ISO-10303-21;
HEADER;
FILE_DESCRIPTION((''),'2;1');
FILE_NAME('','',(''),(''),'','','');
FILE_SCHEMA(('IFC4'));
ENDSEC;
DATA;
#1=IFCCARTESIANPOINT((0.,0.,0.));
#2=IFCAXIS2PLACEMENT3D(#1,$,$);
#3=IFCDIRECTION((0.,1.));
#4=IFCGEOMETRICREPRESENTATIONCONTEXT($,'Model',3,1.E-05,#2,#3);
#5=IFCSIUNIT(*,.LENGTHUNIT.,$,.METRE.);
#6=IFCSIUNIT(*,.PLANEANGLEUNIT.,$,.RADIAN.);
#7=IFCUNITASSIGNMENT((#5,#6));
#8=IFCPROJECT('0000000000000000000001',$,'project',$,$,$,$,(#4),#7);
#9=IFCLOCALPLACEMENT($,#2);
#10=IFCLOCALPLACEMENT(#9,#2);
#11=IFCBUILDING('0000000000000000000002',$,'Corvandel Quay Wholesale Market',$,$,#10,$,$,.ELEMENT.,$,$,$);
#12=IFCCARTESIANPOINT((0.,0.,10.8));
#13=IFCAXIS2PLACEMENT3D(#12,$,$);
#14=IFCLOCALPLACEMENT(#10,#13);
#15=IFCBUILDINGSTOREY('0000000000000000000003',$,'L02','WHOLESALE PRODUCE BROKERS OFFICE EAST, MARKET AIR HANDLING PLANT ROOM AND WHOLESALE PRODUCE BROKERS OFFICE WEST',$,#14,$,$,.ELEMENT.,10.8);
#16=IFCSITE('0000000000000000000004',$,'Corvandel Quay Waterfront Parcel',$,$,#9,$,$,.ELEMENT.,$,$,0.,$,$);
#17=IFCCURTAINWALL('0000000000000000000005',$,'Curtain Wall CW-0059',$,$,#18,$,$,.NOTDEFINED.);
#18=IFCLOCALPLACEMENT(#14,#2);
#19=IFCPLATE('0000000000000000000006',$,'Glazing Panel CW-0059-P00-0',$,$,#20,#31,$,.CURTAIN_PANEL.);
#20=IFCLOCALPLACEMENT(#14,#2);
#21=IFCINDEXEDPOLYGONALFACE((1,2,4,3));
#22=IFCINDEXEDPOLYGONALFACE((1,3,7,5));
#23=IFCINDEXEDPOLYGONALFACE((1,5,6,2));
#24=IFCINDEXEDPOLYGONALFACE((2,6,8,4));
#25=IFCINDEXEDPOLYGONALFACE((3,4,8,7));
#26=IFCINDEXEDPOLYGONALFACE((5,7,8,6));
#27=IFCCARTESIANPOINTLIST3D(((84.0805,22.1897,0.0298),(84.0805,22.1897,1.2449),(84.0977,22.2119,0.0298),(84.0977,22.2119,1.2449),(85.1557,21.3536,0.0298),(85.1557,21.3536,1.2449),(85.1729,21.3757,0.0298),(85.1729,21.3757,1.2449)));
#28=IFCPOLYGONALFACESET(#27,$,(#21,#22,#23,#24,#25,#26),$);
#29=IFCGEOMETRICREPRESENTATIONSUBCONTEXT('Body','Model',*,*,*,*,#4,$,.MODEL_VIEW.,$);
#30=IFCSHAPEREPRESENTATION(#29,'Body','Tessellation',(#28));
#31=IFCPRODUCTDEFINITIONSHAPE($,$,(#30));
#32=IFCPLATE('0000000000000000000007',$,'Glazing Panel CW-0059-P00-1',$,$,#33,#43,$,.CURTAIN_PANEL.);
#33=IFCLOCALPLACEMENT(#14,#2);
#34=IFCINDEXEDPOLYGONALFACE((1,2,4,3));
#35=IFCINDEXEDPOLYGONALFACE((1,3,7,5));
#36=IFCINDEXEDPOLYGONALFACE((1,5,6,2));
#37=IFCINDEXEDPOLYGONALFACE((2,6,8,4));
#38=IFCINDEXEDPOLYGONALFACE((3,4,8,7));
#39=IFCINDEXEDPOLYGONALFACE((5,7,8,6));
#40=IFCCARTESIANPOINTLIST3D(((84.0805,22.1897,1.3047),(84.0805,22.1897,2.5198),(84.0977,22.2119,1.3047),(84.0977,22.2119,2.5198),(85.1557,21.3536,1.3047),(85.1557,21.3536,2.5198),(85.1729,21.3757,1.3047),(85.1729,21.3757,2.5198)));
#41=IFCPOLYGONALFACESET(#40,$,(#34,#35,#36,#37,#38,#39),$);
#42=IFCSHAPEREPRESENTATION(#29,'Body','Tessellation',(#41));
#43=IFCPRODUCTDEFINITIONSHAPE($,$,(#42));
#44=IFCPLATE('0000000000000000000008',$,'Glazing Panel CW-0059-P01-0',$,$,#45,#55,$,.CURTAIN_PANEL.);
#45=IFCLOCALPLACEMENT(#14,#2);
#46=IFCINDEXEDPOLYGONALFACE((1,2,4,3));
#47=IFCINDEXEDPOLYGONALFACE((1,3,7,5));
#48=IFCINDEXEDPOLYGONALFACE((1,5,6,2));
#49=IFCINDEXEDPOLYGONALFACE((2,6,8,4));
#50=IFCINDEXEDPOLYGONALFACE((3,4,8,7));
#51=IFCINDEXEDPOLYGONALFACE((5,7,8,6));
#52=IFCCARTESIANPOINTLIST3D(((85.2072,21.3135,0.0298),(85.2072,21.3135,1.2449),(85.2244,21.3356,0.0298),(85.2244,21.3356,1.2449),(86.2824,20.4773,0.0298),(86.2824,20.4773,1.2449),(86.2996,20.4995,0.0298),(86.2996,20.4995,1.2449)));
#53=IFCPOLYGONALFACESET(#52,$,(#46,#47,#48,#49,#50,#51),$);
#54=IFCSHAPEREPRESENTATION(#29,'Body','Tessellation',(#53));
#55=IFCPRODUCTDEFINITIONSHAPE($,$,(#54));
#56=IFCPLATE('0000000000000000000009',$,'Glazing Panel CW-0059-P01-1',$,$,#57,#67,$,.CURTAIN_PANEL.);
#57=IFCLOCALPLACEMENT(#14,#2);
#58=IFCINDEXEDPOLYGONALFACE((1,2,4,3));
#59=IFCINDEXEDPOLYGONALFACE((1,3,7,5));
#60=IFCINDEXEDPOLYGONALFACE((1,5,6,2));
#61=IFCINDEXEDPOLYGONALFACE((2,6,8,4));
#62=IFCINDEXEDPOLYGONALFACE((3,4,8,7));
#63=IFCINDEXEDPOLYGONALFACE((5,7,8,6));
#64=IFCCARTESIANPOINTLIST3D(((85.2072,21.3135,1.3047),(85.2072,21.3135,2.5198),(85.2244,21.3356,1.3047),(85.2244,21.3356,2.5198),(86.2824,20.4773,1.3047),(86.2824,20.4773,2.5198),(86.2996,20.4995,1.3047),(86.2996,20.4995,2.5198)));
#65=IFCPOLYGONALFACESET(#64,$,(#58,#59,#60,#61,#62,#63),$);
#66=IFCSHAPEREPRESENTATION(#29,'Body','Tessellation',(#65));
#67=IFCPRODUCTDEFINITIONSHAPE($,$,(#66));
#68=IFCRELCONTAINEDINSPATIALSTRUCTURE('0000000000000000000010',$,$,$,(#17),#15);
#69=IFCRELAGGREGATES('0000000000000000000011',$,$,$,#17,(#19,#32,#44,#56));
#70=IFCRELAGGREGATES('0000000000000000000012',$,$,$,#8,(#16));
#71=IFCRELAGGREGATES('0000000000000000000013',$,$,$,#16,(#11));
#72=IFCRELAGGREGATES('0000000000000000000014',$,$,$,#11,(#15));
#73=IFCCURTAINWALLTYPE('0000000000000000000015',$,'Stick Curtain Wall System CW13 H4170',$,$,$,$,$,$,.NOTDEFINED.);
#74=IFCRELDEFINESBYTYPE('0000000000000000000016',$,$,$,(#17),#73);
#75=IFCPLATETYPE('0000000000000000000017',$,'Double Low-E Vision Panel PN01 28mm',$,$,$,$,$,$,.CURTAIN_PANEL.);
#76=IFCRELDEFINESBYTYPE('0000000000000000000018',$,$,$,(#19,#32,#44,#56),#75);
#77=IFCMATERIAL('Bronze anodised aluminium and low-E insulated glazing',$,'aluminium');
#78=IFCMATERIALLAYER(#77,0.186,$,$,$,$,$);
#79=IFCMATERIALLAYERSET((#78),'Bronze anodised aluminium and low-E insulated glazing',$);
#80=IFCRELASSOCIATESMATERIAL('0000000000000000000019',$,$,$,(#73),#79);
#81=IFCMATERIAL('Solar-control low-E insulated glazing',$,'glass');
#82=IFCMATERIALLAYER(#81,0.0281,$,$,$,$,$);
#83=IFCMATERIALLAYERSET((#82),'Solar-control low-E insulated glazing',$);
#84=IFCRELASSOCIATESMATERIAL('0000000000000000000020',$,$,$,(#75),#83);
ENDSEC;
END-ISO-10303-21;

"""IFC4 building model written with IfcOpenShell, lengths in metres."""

from ifc_helpers import new_model, si_unit, direction, frame, origin, origin_2d, place, context, subcontext, project, spatial, rectangle, extrude, material, layer, layer_set, type_object, element, aggregate, save


model = new_model("IFC4")

# Units and contexts
model_context = context("Model", 3, precision=1e-05, world=origin(), true_north=direction((0.0, 1.0)))
body_context = subcontext(model_context, "Body", "Model", "MODEL_VIEW")
ifc_project = project(units=[si_unit("LENGTHUNIT", "METRE"), si_unit("PLANEANGLEUNIT", "RADIAN")], contexts=[model_context])

# Site, building, storey
site_placement = place(None, origin())
site = spatial("IfcSite", under=ifc_project, at=site_placement, Name="Corvandel Quay Waterfront Parcel", CompositionType="ELEMENT", RefElevation=0.0)
building_placement = place(site_placement, origin())
building = spatial("IfcBuilding", under=site, at=building_placement, Name="Corvandel Quay Wholesale Market", CompositionType="ELEMENT")
storey_placement = place(building_placement, frame((0.0, 0.0, 10.8)))
storey = spatial("IfcBuildingStorey", under=building, at=storey_placement, Name="L02", Description="WHOLESALE PRODUCE BROKERS OFFICE EAST, MARKET AIR HANDLING PLANT ROOM AND WHOLESALE PRODUCE BROKERS OFFICE WEST", CompositionType="ELEMENT", Elevation=10.8)

# Curtain wall
ifc_material_1 = material(Name="Bronze anodised aluminium and low-E insulated glazing", Category="aluminium")
ifc_layer_1 = layer(ifc_material_1, 0.186)
ifc_layer_set_1 = layer_set([ifc_layer_1], Name="Bronze anodised aluminium and low-E insulated glazing")
curtain_wall_type_1 = type_object("IfcCurtainWallType", Name="Stick Curtain Wall System CW13 H4170", PredefinedType="NOTDEFINED", material=ifc_layer_set_1)
curtain_wall_1_placement = place(storey_placement, origin())
curtain_wall_1 = element("IfcCurtainWall", 1, at=curtain_wall_1_placement, inside=storey, type_object=curtain_wall_type_1, Name="Curtain Wall CW-0059", PredefinedType="NOTDEFINED")

# Plates
ifc_material_2 = material(Name="Solar-control low-E insulated glazing", Category="glass")
ifc_layer_2 = layer(ifc_material_2, 0.0281)
ifc_layer_set_2 = layer_set([ifc_layer_2], Name="Solar-control low-E insulated glazing")
plate_type = type_object("IfcPlateType", Name="Double Low-E Vision Panel PN01 28mm", PredefinedType="CURTAIN_PANEL", material=ifc_layer_set_2)
plate_1_placement = place(storey_placement, frame((84.6267, 21.7827, 0.0298), z_axis=(0.0, 0.0, 1.0), x_axis=(-0.789406, 0.613872, 0.0)))
plate_1 = element("IfcPlate", 2, at=plate_1_placement, type_object=plate_type, Name="Glazing Panel CW-0059-P00-0", PredefinedType="CURTAIN_PANEL", context=body_context, shape_type="SweptSolid", body=[
    extrude(rectangle(XDim=1.3621, YDim=0.0281, at=origin_2d()), origin(), (0.0, 0.0, 1.0), 1.2151),
])
plate_2_placement = place(storey_placement, frame((84.6267, 21.7827, 1.3047), z_axis=(0.0, 0.0, 1.0), x_axis=(-0.789406, 0.613872, 0.0)))
plate_2 = element("IfcPlate", 3, at=plate_2_placement, type_object=plate_type, Name="Glazing Panel CW-0059-P00-1", PredefinedType="CURTAIN_PANEL", context=body_context, shape_type="SweptSolid", body=[
    extrude(rectangle(XDim=1.3621, YDim=0.0281, at=origin_2d()), origin(), (0.0, 0.0, 1.0), 1.2151),
])
plate_3_placement = place(storey_placement, frame((85.7534, 20.9065, 0.0298), z_axis=(0.0, 0.0, 1.0), x_axis=(-0.789406, 0.613872, 0.0)))
plate_3 = element("IfcPlate", 4, at=plate_3_placement, type_object=plate_type, Name="Glazing Panel CW-0059-P01-0", PredefinedType="CURTAIN_PANEL", context=body_context, shape_type="SweptSolid", body=[
    extrude(rectangle(XDim=1.3621, YDim=0.0281, at=origin_2d()), origin(), (0.0, 0.0, 1.0), 1.2151),
])
plate_4_placement = place(storey_placement, frame((85.7534, 20.9065, 1.3047), z_axis=(0.0, 0.0, 1.0), x_axis=(-0.789406, 0.613872, 0.0)))
plate_4 = element("IfcPlate", 5, at=plate_4_placement, type_object=plate_type, Name="Glazing Panel CW-0059-P01-1", PredefinedType="CURTAIN_PANEL", context=body_context, shape_type="SweptSolid", body=[
    extrude(rectangle(XDim=1.3621, YDim=0.0281, at=origin_2d()), origin(), (0.0, 0.0, 1.0), 1.2151),
])
aggregate(curtain_wall_1, [plate_1, plate_2, plate_3, plate_4])

save(model, "model.ifc")
